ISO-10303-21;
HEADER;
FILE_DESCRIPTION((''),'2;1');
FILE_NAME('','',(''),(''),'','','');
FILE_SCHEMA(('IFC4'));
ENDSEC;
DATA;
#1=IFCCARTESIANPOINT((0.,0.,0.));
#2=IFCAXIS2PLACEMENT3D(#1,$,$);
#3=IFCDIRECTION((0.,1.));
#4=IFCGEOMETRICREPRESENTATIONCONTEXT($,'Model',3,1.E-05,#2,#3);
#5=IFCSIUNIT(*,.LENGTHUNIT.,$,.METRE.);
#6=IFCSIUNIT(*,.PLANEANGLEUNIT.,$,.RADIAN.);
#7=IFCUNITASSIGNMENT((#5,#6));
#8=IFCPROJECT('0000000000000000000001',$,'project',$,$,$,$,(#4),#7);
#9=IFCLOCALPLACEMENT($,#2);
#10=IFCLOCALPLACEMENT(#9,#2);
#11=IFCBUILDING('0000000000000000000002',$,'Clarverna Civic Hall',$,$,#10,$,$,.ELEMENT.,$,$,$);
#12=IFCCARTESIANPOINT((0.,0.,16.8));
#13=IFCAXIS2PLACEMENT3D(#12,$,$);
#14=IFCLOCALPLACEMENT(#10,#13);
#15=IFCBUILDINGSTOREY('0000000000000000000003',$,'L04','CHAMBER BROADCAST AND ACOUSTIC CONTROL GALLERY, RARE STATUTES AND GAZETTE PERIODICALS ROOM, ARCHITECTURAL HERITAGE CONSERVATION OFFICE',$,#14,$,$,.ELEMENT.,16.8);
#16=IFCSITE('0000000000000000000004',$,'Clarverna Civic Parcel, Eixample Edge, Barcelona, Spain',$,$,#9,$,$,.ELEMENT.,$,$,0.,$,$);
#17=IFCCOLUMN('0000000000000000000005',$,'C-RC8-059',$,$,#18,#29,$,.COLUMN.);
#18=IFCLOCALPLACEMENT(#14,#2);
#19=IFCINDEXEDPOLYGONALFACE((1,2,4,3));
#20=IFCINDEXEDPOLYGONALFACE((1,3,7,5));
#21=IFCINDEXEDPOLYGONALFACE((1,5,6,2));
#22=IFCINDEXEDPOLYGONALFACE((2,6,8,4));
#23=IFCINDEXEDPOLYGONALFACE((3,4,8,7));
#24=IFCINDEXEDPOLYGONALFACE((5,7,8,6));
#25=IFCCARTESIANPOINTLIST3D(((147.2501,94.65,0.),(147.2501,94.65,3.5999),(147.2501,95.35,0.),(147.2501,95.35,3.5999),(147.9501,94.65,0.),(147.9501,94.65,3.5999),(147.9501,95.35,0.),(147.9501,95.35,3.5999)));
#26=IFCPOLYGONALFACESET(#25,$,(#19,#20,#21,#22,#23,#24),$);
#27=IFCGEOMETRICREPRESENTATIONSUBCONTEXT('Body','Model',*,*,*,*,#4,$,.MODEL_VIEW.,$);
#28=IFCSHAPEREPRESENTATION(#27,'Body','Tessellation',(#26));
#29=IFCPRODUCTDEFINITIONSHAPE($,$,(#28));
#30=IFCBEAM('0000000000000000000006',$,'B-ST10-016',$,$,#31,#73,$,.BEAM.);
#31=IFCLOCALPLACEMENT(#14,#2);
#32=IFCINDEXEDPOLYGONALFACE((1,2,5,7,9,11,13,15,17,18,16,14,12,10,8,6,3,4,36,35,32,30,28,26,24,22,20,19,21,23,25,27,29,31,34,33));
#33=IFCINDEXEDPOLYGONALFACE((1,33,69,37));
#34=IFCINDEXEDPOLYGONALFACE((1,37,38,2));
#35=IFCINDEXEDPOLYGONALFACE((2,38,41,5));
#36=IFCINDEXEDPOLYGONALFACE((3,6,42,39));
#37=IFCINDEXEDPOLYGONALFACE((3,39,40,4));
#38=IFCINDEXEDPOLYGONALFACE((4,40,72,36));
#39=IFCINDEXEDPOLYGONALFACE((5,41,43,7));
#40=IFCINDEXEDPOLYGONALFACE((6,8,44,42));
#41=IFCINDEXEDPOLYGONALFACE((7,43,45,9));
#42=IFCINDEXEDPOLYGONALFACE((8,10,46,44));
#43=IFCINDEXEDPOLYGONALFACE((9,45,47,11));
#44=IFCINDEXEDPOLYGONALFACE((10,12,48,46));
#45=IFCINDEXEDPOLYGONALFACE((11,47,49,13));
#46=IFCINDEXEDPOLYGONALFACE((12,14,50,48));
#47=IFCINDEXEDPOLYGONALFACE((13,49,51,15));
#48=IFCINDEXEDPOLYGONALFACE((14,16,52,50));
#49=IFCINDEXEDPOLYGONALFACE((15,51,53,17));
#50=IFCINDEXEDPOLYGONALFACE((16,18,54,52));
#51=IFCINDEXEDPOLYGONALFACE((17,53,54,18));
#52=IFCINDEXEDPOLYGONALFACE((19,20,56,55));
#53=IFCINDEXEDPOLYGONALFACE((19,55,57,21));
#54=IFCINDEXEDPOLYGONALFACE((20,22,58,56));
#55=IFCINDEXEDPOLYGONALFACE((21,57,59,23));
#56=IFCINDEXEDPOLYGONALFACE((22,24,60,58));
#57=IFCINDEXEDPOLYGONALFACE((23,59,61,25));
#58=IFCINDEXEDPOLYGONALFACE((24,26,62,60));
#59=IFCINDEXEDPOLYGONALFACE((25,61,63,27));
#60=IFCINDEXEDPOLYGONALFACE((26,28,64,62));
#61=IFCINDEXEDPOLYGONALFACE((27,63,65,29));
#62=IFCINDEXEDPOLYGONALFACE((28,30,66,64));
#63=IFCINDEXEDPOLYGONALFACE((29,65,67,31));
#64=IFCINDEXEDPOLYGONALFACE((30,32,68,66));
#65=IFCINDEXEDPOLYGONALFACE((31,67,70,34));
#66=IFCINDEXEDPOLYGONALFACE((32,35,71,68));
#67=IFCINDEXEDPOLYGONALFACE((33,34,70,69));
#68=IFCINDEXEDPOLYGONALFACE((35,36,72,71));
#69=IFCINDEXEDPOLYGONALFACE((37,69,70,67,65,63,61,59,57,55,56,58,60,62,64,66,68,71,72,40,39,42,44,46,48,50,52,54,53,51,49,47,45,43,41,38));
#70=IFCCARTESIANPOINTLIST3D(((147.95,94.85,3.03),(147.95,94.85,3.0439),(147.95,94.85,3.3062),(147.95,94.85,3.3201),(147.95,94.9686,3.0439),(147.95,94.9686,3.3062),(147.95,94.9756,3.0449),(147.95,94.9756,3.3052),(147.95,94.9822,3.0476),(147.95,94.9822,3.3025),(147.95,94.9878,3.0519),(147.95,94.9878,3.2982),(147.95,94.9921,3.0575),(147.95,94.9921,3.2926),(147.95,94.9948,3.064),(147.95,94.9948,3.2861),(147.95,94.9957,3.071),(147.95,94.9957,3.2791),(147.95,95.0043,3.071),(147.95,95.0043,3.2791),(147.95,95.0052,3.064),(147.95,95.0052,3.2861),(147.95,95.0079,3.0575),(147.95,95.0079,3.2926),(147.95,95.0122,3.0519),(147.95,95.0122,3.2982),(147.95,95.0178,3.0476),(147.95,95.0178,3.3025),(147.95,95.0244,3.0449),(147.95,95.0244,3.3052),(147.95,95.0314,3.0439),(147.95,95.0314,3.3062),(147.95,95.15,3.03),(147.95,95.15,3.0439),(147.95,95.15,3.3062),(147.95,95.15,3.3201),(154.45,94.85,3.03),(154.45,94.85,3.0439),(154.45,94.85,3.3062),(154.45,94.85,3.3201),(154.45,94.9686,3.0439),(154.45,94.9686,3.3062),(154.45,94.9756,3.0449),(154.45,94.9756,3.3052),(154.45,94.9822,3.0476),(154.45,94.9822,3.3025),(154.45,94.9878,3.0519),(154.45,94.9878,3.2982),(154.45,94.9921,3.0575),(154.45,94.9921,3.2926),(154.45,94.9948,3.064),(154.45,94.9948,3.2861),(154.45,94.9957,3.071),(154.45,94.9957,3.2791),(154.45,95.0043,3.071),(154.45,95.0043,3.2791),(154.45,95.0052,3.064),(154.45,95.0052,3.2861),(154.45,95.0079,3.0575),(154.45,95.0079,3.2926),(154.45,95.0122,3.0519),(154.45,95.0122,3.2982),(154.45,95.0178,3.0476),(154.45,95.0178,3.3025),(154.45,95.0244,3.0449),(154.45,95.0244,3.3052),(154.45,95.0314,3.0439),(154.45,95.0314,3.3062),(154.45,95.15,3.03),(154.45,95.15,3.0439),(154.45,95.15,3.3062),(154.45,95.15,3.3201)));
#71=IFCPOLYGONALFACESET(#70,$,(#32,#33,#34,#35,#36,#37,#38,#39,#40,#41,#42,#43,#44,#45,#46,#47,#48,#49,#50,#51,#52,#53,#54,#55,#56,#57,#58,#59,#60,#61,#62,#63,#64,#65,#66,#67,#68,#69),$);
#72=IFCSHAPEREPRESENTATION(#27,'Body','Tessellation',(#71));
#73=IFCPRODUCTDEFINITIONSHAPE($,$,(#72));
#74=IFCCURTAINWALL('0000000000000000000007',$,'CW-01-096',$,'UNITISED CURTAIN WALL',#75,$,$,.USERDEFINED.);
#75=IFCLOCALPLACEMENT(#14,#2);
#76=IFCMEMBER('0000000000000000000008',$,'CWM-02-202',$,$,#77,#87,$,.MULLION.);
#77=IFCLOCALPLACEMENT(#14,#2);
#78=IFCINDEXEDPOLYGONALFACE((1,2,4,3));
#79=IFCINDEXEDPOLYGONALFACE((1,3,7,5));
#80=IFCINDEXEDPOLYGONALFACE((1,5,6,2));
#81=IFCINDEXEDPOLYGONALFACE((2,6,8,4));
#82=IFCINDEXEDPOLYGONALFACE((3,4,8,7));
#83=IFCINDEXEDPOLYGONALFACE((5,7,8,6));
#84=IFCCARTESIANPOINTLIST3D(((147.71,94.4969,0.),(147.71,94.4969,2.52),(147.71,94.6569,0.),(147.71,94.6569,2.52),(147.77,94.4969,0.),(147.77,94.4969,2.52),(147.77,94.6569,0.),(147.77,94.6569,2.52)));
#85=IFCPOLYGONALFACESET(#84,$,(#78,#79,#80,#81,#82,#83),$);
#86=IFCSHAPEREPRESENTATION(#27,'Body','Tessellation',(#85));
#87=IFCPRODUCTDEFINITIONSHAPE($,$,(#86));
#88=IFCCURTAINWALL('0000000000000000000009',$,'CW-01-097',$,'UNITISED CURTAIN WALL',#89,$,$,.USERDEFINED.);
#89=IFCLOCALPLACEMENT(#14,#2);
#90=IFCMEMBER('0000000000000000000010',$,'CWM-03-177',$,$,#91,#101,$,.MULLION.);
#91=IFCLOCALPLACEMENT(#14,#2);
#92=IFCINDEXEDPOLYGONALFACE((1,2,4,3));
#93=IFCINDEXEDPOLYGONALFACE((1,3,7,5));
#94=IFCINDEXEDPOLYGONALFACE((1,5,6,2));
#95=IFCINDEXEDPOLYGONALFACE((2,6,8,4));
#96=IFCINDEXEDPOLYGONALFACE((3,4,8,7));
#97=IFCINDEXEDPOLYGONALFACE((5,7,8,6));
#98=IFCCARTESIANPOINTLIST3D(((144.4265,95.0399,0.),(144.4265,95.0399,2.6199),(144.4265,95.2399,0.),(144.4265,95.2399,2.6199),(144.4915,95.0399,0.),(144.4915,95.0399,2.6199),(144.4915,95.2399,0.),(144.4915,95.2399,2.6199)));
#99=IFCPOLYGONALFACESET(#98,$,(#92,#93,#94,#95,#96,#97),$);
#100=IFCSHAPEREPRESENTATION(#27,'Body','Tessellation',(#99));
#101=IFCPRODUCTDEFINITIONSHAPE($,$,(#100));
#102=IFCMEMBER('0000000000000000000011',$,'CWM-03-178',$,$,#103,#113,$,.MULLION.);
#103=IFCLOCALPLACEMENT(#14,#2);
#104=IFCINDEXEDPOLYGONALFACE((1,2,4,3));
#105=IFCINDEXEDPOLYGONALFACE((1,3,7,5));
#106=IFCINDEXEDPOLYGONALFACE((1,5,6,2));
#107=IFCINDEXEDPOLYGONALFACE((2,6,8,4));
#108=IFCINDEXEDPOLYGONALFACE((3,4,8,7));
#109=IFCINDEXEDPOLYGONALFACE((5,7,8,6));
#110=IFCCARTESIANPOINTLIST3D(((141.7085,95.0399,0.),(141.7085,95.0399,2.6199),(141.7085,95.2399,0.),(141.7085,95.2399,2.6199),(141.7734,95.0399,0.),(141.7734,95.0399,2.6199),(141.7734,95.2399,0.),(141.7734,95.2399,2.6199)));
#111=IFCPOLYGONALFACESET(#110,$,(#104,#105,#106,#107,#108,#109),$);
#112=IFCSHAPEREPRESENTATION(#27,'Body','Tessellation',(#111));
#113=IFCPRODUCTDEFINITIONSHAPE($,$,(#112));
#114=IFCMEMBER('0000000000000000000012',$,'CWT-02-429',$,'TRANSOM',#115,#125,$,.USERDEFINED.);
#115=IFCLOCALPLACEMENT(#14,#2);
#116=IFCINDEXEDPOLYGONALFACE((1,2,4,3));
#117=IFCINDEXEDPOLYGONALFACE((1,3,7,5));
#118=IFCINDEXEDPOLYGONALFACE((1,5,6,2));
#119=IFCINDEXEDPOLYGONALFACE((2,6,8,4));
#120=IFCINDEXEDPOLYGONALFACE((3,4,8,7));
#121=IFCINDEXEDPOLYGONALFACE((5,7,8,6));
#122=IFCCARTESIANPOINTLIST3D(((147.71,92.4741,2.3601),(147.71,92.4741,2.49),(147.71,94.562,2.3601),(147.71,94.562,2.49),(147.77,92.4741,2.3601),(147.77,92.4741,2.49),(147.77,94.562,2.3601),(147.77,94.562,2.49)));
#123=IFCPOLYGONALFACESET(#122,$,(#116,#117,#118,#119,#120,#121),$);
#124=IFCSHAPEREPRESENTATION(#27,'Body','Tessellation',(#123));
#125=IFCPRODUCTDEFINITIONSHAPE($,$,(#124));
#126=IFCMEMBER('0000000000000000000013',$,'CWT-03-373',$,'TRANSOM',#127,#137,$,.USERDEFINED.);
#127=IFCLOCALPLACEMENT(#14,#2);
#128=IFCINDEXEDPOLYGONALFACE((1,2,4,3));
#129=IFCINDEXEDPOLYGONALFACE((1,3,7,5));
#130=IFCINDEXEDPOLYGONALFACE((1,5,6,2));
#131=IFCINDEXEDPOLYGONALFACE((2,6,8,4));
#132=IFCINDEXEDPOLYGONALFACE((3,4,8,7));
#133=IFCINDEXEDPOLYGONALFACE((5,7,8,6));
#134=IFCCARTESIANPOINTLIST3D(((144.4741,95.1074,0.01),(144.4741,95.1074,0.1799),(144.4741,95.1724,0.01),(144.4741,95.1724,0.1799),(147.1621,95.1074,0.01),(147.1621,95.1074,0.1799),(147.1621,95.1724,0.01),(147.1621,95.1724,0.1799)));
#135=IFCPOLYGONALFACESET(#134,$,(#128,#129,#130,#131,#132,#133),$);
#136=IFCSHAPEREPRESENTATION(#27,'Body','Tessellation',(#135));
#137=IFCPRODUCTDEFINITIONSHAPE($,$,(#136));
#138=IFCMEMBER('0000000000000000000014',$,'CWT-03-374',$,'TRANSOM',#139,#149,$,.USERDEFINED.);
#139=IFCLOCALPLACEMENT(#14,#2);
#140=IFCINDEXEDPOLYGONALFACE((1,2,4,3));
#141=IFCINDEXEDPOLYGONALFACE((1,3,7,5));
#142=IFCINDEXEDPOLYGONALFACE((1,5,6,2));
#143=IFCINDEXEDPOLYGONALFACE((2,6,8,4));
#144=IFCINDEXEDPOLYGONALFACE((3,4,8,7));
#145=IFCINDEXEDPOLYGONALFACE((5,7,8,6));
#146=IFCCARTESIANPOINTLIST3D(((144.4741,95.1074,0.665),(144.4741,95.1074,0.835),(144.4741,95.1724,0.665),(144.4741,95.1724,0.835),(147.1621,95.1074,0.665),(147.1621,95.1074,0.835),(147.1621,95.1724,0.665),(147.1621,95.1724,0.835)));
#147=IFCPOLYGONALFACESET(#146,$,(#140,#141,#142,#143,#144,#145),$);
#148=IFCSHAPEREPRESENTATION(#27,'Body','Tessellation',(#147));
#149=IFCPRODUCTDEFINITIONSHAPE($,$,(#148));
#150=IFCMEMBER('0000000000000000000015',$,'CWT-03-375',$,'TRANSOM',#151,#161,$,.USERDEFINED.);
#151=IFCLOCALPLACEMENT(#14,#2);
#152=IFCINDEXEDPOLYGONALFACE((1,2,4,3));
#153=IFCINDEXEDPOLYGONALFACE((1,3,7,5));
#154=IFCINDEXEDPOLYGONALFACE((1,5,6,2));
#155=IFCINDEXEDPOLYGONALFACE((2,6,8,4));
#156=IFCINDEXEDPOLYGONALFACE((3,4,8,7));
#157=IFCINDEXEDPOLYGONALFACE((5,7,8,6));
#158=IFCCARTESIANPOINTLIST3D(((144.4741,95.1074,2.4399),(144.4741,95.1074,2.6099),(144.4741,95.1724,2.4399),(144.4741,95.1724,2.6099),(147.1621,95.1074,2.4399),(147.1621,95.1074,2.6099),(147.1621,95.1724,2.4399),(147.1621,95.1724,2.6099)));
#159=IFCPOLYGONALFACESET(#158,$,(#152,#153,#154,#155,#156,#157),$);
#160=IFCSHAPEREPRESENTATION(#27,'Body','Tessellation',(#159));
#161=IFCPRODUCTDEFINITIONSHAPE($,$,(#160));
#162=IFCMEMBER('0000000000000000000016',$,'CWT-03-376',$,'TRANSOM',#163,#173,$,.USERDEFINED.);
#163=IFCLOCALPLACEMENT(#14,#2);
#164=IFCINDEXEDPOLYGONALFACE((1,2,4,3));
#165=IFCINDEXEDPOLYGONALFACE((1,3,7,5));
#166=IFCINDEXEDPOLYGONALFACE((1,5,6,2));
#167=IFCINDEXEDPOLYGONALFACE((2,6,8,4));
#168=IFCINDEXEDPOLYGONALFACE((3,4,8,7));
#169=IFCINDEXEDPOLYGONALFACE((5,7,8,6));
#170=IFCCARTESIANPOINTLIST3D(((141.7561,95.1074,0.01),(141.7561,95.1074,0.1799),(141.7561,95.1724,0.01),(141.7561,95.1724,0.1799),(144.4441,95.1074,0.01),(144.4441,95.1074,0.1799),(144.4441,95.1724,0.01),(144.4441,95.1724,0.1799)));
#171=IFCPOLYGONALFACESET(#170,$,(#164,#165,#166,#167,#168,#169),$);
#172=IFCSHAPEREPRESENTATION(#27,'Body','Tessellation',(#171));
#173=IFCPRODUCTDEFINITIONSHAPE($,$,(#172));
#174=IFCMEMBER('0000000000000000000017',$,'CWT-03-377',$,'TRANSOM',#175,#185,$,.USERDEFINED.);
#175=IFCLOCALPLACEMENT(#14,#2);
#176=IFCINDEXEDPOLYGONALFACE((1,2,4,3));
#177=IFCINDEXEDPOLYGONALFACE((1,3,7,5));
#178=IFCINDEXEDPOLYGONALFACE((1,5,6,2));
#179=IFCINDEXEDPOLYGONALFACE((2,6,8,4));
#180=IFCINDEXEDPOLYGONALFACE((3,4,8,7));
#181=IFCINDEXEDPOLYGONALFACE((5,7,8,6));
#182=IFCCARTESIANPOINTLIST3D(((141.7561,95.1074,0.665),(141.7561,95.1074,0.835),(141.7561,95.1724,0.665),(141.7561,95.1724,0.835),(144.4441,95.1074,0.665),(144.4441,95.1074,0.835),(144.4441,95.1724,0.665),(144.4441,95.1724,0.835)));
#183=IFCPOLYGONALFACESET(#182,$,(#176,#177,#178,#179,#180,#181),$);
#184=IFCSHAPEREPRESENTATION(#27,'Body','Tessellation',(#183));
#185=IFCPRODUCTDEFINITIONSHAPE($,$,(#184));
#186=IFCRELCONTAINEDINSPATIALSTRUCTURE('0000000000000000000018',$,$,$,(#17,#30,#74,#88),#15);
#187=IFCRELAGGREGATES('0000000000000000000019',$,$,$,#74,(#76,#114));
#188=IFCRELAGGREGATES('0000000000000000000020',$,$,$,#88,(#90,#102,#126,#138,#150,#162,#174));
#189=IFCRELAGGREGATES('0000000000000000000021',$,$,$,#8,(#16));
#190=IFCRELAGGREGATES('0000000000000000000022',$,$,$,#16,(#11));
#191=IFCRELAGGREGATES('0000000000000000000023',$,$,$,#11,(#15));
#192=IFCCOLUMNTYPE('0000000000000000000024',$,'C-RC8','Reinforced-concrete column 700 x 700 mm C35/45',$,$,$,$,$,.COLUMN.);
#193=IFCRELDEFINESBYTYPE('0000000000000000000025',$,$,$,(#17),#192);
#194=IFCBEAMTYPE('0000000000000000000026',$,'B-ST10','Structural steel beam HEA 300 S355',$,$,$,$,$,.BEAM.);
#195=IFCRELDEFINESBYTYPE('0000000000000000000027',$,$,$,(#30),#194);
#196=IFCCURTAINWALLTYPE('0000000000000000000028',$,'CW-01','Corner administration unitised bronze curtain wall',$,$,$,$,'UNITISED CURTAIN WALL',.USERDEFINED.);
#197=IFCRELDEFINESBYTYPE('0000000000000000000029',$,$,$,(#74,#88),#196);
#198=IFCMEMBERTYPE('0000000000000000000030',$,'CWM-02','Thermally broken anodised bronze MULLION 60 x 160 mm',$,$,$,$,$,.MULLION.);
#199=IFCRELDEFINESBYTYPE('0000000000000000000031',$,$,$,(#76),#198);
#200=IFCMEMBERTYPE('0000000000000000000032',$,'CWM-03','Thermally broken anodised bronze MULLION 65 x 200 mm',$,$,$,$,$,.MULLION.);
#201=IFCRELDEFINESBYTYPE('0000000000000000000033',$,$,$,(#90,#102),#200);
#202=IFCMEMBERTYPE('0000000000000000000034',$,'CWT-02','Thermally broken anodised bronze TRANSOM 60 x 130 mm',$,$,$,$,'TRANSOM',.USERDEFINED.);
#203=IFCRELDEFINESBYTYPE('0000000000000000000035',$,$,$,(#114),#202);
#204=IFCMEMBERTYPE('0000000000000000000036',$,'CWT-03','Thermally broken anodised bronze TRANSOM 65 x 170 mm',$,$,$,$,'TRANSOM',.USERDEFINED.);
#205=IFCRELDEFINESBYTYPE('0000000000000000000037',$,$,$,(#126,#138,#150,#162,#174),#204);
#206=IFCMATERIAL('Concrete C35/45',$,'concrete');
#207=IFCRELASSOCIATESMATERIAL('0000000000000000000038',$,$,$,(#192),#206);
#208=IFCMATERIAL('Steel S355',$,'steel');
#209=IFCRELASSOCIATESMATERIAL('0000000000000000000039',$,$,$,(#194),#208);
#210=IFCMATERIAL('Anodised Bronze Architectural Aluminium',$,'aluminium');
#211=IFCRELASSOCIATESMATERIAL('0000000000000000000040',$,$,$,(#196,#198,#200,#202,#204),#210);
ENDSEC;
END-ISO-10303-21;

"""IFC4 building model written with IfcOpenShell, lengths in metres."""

from ifc_helpers import new_model, si_unit, direction, frame, origin, origin_2d, place, context, subcontext, project, spatial, rectangle, i_section, extrude, material, material_profile, profile_set, type_object, element, aggregate, save


model = new_model("IFC4")

# Units and contexts
model_context = context("Model", 3, precision=1e-05, world=origin(), true_north=direction((0.0, 1.0)))
body_context = subcontext(model_context, "Body", "Model", "MODEL_VIEW")
ifc_project = project(units=[si_unit("LENGTHUNIT", "METRE"), si_unit("PLANEANGLEUNIT", "RADIAN")], contexts=[model_context])

# Site, building, storey
site_placement = place(None, origin())
site = spatial("IfcSite", under=ifc_project, at=site_placement, Name="Clarverna Civic Parcel, Eixample Edge, Barcelona, Spain", CompositionType="ELEMENT", RefElevation=0.0)
building_placement = place(site_placement, origin())
building = spatial("IfcBuilding", under=site, at=building_placement, Name="Clarverna Civic Hall", CompositionType="ELEMENT")
storey_placement = place(building_placement, frame((0.0, 0.0, 16.8)))
storey = spatial("IfcBuildingStorey", under=building, at=storey_placement, Name="L04", Description="CHAMBER BROADCAST AND ACOUSTIC CONTROL GALLERY, RARE STATUTES AND GAZETTE PERIODICALS ROOM, ARCHITECTURAL HERITAGE CONSERVATION OFFICE", CompositionType="ELEMENT", Elevation=16.8)

# Column
ifc_material_1 = material(Name="Concrete C35/45", Category="concrete")
ifc_material_profile_1 = material_profile(ifc_material_1, rectangle(XDim=0.7, YDim=0.7, at=origin_2d()), Name="RC 700x700")
ifc_profile_set_1 = profile_set([ifc_material_profile_1], Name="Concrete C35/45")
column_type = type_object("IfcColumnType", Name="C-RC8", Description="Reinforced-concrete column 700 x 700 mm C35/45", PredefinedType="COLUMN", material=ifc_profile_set_1)
column_placement = place(storey_placement, frame((147.6001, 95.0, 0.0), z_axis=(0.0, 0.0, 1.0), x_axis=(1.0, 0.0, 0.0)))
element("IfcColumn", 1, at=column_placement, inside=storey, type_object=column_type, Name="C-RC8-059", PredefinedType="COLUMN", context=body_context, shape_type="SweptSolid", body=[
    extrude(rectangle(XDim=0.7, YDim=0.7, at=origin_2d()), origin(), (0.0, 0.0, 1.0), 3.5999),
])

# Beam
ifc_material_2 = material(Name="Steel S355", Category="steel")
ifc_material_profile_2 = material_profile(ifc_material_2, i_section(OverallWidth=0.3, OverallDepth=0.29, WebThickness=0.0085, FlangeThickness=0.0139, FilletRadius=0.0271, at=origin_2d()), Name="HEA 300")
ifc_profile_set_2 = profile_set([ifc_material_profile_2], Name="Steel S355")
beam_type = type_object("IfcBeamType", Name="B-ST10", Description="Structural steel beam HEA 300 S355", PredefinedType="BEAM", material=ifc_profile_set_2)
beam_placement = place(storey_placement, frame((147.95, 95.0, 3.175), z_axis=(1.0, 0.0, 0.0), x_axis=(0.0, 1.0, 0.0)))
element("IfcBeam", 2, at=beam_placement, inside=storey, type_object=beam_type, Name="B-ST10-016", PredefinedType="BEAM", context=body_context, shape_type="SweptSolid", body=[
    extrude(i_section(OverallWidth=0.3, OverallDepth=0.29, WebThickness=0.0085, FlangeThickness=0.0139, FilletRadius=0.0271, at=origin_2d()), origin(), (0.0, 0.0, 1.0), 6.5),
])

# Curtain wall, member
ifc_material_3 = material(Name="Anodised Bronze Architectural Aluminium", Category="aluminium")
curtain_wall_type = type_object("IfcCurtainWallType", Name="CW-01", Description="Corner administration unitised bronze curtain wall", ElementType="UNITISED CURTAIN WALL", PredefinedType="USERDEFINED", material=ifc_material_3)
curtain_wall_1_placement = place(storey_placement, origin())
curtain_wall_1 = element("IfcCurtainWall", 3, at=curtain_wall_1_placement, inside=storey, type_object=curtain_wall_type, Name="CW-01-096", ObjectType="UNITISED CURTAIN WALL", PredefinedType="USERDEFINED")
ifc_material_profile_3 = material_profile(ifc_material_3, rectangle(XDim=0.0601, YDim=0.1599, at=origin_2d()), Name="BRONZE 60x160")
ifc_profile_set_3 = profile_set([ifc_material_profile_3], Name="Anodised Bronze Architectural Aluminium")
member_type_1 = type_object("IfcMemberType", Name="CWM-02", Description="Thermally broken anodised bronze MULLION 60 x 160 mm", PredefinedType="MULLION", material=ifc_profile_set_3)
member_1_placement = place(storey_placement, frame((147.74, 94.5769, 0.0), z_axis=(0.0, 0.0, 1.0), x_axis=(1.0, 0.0, 0.0)))
member_1 = element("IfcMember", 4, at=member_1_placement, type_object=member_type_1, Name="CWM-02-202", PredefinedType="MULLION", context=body_context, shape_type="SweptSolid", body=[
    extrude(rectangle(XDim=0.0601, YDim=0.1599, at=origin_2d()), origin(), (0.0, 0.0, 1.0), 2.52),
])

# Curtain wall, members
curtain_wall_2_placement = place(storey_placement, origin())
curtain_wall_2 = element("IfcCurtainWall", 5, at=curtain_wall_2_placement, inside=storey, type_object=curtain_wall_type, Name="CW-01-097", ObjectType="UNITISED CURTAIN WALL", PredefinedType="USERDEFINED")
ifc_material_profile_4 = material_profile(ifc_material_3, rectangle(XDim=0.0649, YDim=0.2, at=origin_2d()), Name="BRONZE 65x200")
ifc_profile_set_4 = profile_set([ifc_material_profile_4], Name="Anodised Bronze Architectural Aluminium")
member_type_2 = type_object("IfcMemberType", Name="CWM-03", Description="Thermally broken anodised bronze MULLION 65 x 200 mm", PredefinedType="MULLION", material=ifc_profile_set_4)
member_2_placement = place(storey_placement, frame((144.459, 95.1399, 0.0), z_axis=(0.0, 0.0, 1.0), x_axis=(1.0, 0.0, 0.0)))
member_2 = element("IfcMember", 6, at=member_2_placement, type_object=member_type_2, Name="CWM-03-177", PredefinedType="MULLION", context=body_context, shape_type="SweptSolid", body=[
    extrude(rectangle(XDim=0.0649, YDim=0.2, at=origin_2d()), origin(), (0.0, 0.0, 1.0), 2.6199),
])
member_3_placement = place(storey_placement, frame((141.741, 95.1399, 0.0), z_axis=(0.0, 0.0, 1.0), x_axis=(1.0, 0.0, 0.0)))
member_3 = element("IfcMember", 7, at=member_3_placement, type_object=member_type_2, Name="CWM-03-178", PredefinedType="MULLION", context=body_context, shape_type="SweptSolid", body=[
    extrude(rectangle(XDim=0.0649, YDim=0.2, at=origin_2d()), origin(), (0.0, 0.0, 1.0), 2.6199),
])

# Members
ifc_material_profile_5 = material_profile(ifc_material_3, rectangle(XDim=0.0601, YDim=0.1299, at=origin_2d()), Name="BRONZE 60x130")
ifc_profile_set_5 = profile_set([ifc_material_profile_5], Name="Anodised Bronze Architectural Aluminium")
member_type_3 = type_object("IfcMemberType", Name="CWT-02", Description="Thermally broken anodised bronze TRANSOM 60 x 130 mm", ElementType="TRANSOM", PredefinedType="USERDEFINED", material=ifc_profile_set_5)
member_4_placement = place(storey_placement, frame((147.74, 92.4741, 2.425), z_axis=(0.0, 1.0, 0.0), x_axis=(-1.0, 0.0, 0.0)))
member_4 = element("IfcMember", 8, at=member_4_placement, type_object=member_type_3, Name="CWT-02-429", ObjectType="TRANSOM", PredefinedType="USERDEFINED", context=body_context, shape_type="SweptSolid", body=[
    extrude(rectangle(XDim=0.0601, YDim=0.1299, at=origin_2d()), origin(), (0.0, 0.0, 1.0), 2.0879),
])
ifc_material_profile_6 = material_profile(ifc_material_3, rectangle(XDim=0.0649, YDim=0.1699, at=origin_2d()), Name="BRONZE 65x170")
ifc_profile_set_6 = profile_set([ifc_material_profile_6], Name="Anodised Bronze Architectural Aluminium")
member_type_4 = type_object("IfcMemberType", Name="CWT-03", Description="Thermally broken anodised bronze TRANSOM 65 x 170 mm", ElementType="TRANSOM", PredefinedType="USERDEFINED", material=ifc_profile_set_6)
member_5_placement = place(storey_placement, frame((147.1621, 95.1399, 0.095), z_axis=(-1.0, 0.0, 0.0), x_axis=(0.0, -1.0, 0.0)))
member_5 = element("IfcMember", 9, at=member_5_placement, type_object=member_type_4, Name="CWT-03-373", ObjectType="TRANSOM", PredefinedType="USERDEFINED", context=body_context, shape_type="SweptSolid", body=[
    extrude(rectangle(XDim=0.0649, YDim=0.1699, at=origin_2d()), origin(), (0.0, 0.0, 1.0), 2.688),
])
member_6_placement = place(storey_placement, frame((147.1621, 95.1399, 0.75), z_axis=(-1.0, 0.0, 0.0), x_axis=(0.0, -1.0, 0.0)))
member_6 = element("IfcMember", 10, at=member_6_placement, type_object=member_type_4, Name="CWT-03-374", ObjectType="TRANSOM", PredefinedType="USERDEFINED", context=body_context, shape_type="SweptSolid", body=[
    extrude(rectangle(XDim=0.0649, YDim=0.1699, at=origin_2d()), origin(), (0.0, 0.0, 1.0), 2.688),
])
member_7_placement = place(storey_placement, frame((147.1621, 95.1399, 2.5249), z_axis=(-1.0, 0.0, 0.0), x_axis=(0.0, -1.0, 0.0)))
member_7 = element("IfcMember", 11, at=member_7_placement, type_object=member_type_4, Name="CWT-03-375", ObjectType="TRANSOM", PredefinedType="USERDEFINED", context=body_context, shape_type="SweptSolid", body=[
    extrude(rectangle(XDim=0.0649, YDim=0.1699, at=origin_2d()), origin(), (0.0, 0.0, 1.0), 2.688),
])
member_8_placement = place(storey_placement, frame((144.4441, 95.1399, 0.095), z_axis=(-1.0, 0.0, 0.0), x_axis=(0.0, -1.0, 0.0)))
member_8 = element("IfcMember", 12, at=member_8_placement, type_object=member_type_4, Name="CWT-03-376", ObjectType="TRANSOM", PredefinedType="USERDEFINED", context=body_context, shape_type="SweptSolid", body=[
    extrude(rectangle(XDim=0.0649, YDim=0.1699, at=origin_2d()), origin(), (0.0, 0.0, 1.0), 2.688),
])
member_9_placement = place(storey_placement, frame((144.4441, 95.1399, 0.75), z_axis=(-1.0, 0.0, 0.0), x_axis=(0.0, -1.0, 0.0)))
member_9 = element("IfcMember", 13, at=member_9_placement, type_object=member_type_4, Name="CWT-03-377", ObjectType="TRANSOM", PredefinedType="USERDEFINED", context=body_context, shape_type="SweptSolid", body=[
    extrude(rectangle(XDim=0.0649, YDim=0.1699, at=origin_2d()), origin(), (0.0, 0.0, 1.0), 2.688),
])

aggregate(curtain_wall_1, [member_1, member_4])
aggregate(curtain_wall_2, [member_2, member_3, member_5, member_6, member_7, member_8, member_9])

save(model, "model.ifc")
